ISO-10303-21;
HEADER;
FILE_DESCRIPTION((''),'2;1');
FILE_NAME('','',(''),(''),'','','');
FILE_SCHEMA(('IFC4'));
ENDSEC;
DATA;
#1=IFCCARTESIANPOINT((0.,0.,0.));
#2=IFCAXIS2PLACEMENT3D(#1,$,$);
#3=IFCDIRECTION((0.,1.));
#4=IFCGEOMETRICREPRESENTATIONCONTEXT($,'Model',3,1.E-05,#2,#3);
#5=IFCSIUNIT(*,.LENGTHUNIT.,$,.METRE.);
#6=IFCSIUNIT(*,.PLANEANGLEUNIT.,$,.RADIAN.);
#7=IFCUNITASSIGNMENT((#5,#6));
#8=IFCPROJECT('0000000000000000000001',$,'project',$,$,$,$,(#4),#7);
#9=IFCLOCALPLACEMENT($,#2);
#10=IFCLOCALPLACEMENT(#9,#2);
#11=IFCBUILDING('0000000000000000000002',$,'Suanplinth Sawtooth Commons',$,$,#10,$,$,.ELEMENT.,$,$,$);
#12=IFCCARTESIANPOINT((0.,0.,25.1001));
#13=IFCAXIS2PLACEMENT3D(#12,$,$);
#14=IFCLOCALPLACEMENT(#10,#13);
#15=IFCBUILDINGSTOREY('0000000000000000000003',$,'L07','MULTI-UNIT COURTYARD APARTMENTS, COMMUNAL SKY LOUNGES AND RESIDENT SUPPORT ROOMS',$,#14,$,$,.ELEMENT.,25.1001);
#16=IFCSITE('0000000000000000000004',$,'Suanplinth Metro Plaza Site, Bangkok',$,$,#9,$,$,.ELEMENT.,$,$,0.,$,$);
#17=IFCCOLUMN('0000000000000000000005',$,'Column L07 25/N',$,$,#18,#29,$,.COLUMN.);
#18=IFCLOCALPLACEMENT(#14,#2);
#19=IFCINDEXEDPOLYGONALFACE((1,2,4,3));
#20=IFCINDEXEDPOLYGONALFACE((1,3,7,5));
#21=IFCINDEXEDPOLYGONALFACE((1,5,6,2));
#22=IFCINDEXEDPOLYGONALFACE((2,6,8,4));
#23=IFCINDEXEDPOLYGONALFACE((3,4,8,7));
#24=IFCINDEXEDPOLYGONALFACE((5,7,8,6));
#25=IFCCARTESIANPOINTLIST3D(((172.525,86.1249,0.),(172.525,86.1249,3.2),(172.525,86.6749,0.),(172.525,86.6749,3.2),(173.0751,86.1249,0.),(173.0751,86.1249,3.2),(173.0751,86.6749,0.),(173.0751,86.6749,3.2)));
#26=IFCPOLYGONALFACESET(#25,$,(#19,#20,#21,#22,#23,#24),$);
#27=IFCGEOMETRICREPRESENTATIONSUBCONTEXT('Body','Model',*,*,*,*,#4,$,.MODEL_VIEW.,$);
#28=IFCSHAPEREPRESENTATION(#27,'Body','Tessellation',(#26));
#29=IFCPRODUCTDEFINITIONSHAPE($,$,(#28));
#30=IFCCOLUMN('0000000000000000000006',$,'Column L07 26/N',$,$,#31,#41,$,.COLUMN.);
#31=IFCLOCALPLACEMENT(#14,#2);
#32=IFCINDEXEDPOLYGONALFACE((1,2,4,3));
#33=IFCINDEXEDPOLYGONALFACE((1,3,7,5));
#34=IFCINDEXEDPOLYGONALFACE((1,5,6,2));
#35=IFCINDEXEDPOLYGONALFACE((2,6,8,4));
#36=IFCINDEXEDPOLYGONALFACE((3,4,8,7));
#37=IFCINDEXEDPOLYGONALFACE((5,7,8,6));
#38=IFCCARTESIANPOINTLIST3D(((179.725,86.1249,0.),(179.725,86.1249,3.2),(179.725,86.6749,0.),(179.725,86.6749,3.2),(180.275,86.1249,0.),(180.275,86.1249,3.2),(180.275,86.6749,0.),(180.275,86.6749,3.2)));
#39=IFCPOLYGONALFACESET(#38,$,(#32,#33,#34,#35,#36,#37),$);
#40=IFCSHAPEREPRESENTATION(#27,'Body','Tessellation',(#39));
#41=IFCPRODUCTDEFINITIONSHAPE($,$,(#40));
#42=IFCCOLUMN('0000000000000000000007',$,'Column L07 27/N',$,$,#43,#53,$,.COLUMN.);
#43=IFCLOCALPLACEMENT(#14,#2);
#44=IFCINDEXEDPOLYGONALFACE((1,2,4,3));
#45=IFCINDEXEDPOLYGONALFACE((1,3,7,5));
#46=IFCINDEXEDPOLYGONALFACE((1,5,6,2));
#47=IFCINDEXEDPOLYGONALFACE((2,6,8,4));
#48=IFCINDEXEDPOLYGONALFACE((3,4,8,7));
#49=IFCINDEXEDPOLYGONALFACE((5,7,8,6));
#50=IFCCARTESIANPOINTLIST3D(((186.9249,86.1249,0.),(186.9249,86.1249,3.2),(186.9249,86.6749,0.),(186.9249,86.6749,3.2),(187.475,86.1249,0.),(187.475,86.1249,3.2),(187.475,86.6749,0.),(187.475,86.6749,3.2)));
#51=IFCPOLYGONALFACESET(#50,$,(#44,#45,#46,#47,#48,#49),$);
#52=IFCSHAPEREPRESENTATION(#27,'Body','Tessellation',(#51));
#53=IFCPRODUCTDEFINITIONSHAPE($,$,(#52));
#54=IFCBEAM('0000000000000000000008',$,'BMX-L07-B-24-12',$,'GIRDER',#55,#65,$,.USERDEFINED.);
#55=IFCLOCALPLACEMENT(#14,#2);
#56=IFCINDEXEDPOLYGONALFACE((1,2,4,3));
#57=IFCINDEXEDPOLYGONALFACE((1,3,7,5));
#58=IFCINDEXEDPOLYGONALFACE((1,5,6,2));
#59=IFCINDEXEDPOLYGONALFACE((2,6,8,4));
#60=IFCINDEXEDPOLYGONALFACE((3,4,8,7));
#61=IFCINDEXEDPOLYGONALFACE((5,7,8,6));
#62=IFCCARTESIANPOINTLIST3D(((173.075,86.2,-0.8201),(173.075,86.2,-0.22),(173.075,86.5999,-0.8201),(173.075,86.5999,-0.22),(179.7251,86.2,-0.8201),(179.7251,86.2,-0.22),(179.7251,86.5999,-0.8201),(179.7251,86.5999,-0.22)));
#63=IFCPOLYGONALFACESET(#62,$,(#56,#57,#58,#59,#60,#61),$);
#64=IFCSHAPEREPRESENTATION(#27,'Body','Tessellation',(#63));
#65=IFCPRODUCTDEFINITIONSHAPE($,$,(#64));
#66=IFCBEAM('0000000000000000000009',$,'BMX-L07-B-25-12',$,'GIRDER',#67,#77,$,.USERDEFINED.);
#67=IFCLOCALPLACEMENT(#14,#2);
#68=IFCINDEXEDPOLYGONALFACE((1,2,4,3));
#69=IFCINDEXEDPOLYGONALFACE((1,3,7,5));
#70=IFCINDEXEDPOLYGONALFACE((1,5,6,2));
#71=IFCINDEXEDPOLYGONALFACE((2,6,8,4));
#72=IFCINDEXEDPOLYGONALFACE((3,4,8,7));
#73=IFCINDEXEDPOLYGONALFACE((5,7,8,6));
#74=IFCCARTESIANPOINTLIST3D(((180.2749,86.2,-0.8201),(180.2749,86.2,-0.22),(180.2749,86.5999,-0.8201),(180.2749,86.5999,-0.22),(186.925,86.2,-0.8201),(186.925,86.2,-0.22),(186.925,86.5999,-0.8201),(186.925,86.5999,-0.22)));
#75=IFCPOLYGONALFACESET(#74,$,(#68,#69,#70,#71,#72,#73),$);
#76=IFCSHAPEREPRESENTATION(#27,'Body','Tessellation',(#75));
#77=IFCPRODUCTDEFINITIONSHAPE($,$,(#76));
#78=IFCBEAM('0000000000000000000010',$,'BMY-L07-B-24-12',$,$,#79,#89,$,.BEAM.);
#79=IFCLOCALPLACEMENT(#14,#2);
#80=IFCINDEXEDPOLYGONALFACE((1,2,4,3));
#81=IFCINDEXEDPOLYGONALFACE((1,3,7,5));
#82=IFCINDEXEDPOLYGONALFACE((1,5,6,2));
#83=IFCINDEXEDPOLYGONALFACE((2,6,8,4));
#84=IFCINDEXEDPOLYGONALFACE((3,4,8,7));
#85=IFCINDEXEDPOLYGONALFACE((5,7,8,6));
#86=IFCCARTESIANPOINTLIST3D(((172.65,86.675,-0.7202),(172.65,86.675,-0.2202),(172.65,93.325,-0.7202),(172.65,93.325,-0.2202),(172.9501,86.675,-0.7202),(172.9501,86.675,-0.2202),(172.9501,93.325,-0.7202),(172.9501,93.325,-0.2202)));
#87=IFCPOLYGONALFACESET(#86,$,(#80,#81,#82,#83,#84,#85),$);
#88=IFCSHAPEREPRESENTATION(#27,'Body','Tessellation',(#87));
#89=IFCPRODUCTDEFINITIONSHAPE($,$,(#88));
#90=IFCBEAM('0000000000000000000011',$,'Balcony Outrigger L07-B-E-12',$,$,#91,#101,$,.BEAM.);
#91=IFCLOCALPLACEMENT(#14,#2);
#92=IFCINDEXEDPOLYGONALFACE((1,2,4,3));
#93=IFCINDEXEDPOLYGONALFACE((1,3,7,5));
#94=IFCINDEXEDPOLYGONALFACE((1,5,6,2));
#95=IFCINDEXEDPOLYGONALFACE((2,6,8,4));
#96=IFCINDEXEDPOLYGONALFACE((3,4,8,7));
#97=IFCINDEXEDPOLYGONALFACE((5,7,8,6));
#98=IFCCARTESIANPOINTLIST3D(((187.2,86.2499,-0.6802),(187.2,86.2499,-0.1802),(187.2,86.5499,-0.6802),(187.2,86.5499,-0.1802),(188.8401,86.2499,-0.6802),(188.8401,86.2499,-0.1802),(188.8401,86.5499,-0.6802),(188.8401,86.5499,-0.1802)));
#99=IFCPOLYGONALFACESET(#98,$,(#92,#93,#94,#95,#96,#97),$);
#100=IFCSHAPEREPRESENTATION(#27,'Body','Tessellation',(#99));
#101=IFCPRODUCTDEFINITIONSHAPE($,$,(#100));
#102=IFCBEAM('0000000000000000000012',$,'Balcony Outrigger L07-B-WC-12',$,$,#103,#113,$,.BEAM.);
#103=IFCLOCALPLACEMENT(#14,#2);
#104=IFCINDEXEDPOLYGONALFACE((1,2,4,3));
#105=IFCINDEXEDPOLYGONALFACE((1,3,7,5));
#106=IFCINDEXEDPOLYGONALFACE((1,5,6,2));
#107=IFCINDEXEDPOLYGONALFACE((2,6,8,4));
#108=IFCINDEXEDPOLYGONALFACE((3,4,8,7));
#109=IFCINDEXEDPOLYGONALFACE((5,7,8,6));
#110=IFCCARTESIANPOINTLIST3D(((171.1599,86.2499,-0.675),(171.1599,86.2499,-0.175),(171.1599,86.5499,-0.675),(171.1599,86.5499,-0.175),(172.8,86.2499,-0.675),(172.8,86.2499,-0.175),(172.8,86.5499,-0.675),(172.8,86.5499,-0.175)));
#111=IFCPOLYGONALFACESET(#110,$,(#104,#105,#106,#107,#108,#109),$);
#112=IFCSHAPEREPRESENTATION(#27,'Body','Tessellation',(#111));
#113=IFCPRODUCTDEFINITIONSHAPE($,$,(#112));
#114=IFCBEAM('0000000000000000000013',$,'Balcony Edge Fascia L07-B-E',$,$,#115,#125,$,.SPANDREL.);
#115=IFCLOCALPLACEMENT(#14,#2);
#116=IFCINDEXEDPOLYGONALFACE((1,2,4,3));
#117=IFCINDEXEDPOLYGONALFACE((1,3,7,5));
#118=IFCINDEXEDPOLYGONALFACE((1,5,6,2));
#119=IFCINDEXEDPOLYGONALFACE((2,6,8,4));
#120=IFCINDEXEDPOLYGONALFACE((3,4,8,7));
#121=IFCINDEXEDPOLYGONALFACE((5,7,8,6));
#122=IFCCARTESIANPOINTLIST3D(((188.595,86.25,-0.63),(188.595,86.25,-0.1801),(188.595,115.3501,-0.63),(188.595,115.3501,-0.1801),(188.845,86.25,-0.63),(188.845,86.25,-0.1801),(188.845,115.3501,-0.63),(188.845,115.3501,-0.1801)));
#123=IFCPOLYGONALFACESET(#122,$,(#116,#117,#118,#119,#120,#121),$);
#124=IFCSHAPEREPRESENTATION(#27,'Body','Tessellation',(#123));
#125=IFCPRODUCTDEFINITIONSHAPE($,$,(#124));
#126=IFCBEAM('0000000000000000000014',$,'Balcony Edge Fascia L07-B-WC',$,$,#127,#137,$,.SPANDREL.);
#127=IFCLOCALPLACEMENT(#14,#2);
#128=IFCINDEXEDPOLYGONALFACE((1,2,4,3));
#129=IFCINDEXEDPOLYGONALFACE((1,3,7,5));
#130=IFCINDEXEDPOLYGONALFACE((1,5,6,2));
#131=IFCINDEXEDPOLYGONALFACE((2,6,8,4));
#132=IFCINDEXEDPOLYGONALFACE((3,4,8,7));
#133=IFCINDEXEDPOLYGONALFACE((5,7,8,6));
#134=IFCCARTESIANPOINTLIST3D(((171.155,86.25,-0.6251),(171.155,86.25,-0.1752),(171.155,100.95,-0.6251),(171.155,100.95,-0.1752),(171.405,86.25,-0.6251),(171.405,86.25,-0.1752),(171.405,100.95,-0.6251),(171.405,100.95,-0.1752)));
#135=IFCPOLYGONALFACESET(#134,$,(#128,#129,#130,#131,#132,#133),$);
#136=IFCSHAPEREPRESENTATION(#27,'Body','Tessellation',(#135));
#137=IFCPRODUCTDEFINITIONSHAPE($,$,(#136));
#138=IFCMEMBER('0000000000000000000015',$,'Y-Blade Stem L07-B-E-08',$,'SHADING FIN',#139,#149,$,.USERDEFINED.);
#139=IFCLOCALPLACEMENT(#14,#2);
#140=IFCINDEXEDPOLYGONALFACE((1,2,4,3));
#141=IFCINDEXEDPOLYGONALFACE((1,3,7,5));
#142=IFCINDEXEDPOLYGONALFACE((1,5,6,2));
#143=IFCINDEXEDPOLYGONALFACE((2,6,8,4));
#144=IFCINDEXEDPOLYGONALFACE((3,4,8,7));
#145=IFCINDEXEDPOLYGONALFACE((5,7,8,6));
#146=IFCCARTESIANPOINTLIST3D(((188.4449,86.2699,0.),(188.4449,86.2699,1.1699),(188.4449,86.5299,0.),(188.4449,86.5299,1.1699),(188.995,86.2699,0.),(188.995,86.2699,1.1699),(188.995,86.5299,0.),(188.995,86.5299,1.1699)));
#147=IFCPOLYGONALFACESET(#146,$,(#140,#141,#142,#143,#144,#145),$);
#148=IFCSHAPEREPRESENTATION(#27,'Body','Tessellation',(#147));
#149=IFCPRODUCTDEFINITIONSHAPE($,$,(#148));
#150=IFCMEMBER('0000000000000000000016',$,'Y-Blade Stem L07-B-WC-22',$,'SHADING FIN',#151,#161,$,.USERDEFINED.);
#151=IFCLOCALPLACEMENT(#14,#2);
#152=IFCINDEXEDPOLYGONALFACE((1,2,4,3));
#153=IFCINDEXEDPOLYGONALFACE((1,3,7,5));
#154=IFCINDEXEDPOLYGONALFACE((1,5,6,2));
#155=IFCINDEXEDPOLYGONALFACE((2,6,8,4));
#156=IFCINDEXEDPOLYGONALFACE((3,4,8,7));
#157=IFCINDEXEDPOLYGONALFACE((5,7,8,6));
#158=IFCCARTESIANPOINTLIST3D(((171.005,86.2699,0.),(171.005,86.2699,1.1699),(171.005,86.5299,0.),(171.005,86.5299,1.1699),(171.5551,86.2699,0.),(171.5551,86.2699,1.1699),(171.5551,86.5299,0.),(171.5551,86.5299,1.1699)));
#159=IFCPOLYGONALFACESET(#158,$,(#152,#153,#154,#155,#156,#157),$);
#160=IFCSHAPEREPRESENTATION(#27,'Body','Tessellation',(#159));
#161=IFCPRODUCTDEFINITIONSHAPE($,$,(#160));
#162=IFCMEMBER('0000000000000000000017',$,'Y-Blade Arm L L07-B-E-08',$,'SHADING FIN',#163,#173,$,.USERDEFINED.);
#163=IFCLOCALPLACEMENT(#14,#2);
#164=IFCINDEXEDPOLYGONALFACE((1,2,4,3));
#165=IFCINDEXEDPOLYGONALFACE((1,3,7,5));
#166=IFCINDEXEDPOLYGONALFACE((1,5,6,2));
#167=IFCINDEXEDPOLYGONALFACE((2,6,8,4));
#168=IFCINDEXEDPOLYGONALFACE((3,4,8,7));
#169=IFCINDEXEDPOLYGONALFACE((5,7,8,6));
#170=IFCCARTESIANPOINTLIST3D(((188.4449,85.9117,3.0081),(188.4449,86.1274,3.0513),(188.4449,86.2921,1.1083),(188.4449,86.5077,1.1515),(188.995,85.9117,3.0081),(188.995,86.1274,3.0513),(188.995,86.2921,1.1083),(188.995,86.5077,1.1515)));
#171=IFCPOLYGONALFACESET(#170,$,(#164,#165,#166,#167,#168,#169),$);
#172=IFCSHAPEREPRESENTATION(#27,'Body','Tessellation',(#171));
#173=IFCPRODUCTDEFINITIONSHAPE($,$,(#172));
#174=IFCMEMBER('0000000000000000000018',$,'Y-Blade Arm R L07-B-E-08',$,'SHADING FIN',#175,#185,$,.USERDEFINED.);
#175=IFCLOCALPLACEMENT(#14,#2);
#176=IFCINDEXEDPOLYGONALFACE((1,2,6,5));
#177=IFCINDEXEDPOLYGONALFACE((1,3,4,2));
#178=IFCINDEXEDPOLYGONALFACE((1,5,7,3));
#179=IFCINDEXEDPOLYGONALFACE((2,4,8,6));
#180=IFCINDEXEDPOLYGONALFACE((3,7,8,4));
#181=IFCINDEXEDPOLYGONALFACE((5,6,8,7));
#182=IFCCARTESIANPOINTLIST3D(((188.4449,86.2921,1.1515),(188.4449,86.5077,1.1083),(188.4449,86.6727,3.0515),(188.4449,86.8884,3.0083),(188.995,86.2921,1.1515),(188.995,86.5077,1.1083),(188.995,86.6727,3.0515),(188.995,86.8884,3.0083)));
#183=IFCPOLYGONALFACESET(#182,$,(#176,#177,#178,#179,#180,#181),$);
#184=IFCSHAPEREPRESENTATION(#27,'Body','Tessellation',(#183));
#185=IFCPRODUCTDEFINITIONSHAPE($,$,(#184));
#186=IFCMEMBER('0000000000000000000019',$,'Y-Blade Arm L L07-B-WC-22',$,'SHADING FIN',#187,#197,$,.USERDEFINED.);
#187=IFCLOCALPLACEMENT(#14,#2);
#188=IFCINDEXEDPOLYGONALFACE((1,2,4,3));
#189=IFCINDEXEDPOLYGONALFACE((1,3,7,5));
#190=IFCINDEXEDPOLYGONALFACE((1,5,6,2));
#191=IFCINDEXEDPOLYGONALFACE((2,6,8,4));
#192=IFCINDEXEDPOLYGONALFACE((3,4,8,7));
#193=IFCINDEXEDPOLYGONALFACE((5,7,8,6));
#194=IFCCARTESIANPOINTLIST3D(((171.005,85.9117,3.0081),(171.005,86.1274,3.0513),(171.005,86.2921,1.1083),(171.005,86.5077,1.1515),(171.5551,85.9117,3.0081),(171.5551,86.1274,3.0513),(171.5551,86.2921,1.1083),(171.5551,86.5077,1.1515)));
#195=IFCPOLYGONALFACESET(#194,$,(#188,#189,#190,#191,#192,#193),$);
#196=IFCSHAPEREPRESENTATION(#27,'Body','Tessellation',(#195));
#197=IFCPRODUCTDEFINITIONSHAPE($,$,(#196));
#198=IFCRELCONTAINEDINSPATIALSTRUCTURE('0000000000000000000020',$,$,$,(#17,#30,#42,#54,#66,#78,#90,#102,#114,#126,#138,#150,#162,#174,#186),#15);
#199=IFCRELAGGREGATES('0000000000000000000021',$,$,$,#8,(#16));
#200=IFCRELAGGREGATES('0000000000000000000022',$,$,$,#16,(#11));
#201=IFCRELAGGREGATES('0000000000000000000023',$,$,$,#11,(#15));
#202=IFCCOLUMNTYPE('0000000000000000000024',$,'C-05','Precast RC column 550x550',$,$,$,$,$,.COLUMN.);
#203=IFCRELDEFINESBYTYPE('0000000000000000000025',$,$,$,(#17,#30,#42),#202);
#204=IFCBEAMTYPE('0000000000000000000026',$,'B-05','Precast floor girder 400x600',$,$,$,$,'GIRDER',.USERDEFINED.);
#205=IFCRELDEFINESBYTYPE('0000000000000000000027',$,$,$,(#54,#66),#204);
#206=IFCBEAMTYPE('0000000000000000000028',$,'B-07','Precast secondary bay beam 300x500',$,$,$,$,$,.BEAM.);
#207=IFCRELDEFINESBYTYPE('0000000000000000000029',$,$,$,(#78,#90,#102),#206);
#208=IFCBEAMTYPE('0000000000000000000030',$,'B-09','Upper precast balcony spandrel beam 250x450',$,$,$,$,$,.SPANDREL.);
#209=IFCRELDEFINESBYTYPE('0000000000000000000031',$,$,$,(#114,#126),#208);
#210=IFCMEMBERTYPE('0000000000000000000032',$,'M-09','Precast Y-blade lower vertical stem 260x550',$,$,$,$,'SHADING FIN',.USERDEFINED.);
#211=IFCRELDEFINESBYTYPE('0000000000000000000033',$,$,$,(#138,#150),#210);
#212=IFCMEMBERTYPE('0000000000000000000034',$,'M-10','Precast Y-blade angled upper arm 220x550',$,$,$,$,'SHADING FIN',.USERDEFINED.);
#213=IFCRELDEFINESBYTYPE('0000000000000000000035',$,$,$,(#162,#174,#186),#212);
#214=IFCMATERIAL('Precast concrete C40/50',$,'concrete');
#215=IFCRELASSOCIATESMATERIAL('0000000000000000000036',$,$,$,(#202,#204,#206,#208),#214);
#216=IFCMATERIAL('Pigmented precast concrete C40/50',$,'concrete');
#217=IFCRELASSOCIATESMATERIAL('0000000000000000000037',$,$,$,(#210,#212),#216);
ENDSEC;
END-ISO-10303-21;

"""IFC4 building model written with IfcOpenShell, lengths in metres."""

from ifc_helpers import new_model, si_unit, direction, frame, origin, origin_2d, place, context, subcontext, project, spatial, rectangle, extrude, material, material_profile, profile_set, type_object, element, save


model = new_model("IFC4")

# Units and contexts
model_context = context("Model", 3, precision=1e-05, world=origin(), true_north=direction((0.0, 1.0)))
body_context = subcontext(model_context, "Body", "Model", "MODEL_VIEW")
ifc_project = project(units=[si_unit("LENGTHUNIT", "METRE"), si_unit("PLANEANGLEUNIT", "RADIAN")], contexts=[model_context])

# Site, building, storey
site_placement = place(None, origin())
site = spatial("IfcSite", under=ifc_project, at=site_placement, Name="Suanplinth Metro Plaza Site, Bangkok", CompositionType="ELEMENT", RefElevation=0.0)
building_placement = place(site_placement, origin())
building = spatial("IfcBuilding", under=site, at=building_placement, Name="Suanplinth Sawtooth Commons", CompositionType="ELEMENT")
storey_placement = place(building_placement, frame((0.0, 0.0, 25.1001)))
storey = spatial("IfcBuildingStorey", under=building, at=storey_placement, Name="L07", Description="MULTI-UNIT COURTYARD APARTMENTS, COMMUNAL SKY LOUNGES AND RESIDENT SUPPORT ROOMS", CompositionType="ELEMENT", Elevation=25.1001)

# Columns
ifc_material_1 = material(Name="Precast concrete C40/50", Category="concrete")
ifc_material_profile_1 = material_profile(ifc_material_1, rectangle(XDim=0.55, YDim=0.55, at=origin_2d()), Name="PC-COL 550x550")
ifc_profile_set_1 = profile_set([ifc_material_profile_1], Name="Precast concrete C40/50")
column_type = type_object("IfcColumnType", Name="C-05", Description="Precast RC column 550x550", PredefinedType="COLUMN", material=ifc_profile_set_1)
for number, where, z_axis, x_axis, name in (
    (1, (172.8, 86.3999, 0.0), (0.0, 0.0, 1.0), (1.0, 0.0, 0.0), "Column L07 25/N"),
    (2, (180.0, 86.3999, 0.0), (0.0, 0.0, 1.0), (1.0, 0.0, 0.0), "Column L07 26/N"),
    (3, (187.2, 86.3999, 0.0), (0.0, 0.0, 1.0), (1.0, 0.0, 0.0), "Column L07 27/N"),
):
    element("IfcColumn", number, at=place(storey_placement, frame(where, z_axis=z_axis, x_axis=x_axis)), inside=storey, type_object=column_type, Name=name, PredefinedType="COLUMN", context=body_context, shape_type="SweptSolid", body=[
        extrude(rectangle(XDim=0.55, YDim=0.55, at=origin_2d()), origin(), (0.0, 0.0, 1.0), 3.2),
    ])

# Beams
ifc_material_profile_2 = material_profile(ifc_material_1, rectangle(XDim=0.3999, YDim=0.6001, at=origin_2d()), Name="PC-GDR 400x600")
ifc_profile_set_2 = profile_set([ifc_material_profile_2], Name="Precast concrete C40/50")
beam_type_1 = type_object("IfcBeamType", Name="B-05", Description="Precast floor girder 400x600", ElementType="GIRDER", PredefinedType="USERDEFINED", material=ifc_profile_set_2)
for number, where, z_axis, x_axis, name in (
    (4, (173.075, 86.3999, -0.52), (1.0, 0.0, 0.0), (0.0, 1.0, 0.0), "BMX-L07-B-24-12"),
    (5, (180.2749, 86.3999, -0.52), (1.0, 0.0, 0.0), (0.0, 1.0, 0.0), "BMX-L07-B-25-12"),
):
    element("IfcBeam", number, at=place(storey_placement, frame(where, z_axis=z_axis, x_axis=x_axis)), inside=storey, type_object=beam_type_1, Name=name, ObjectType="GIRDER", PredefinedType="USERDEFINED", context=body_context, shape_type="SweptSolid", body=[
        extrude(rectangle(XDim=0.3999, YDim=0.6001, at=origin_2d()), origin(), (0.0, 0.0, 1.0), 6.6501),
    ])
ifc_material_profile_3 = material_profile(ifc_material_1, rectangle(XDim=0.3, YDim=0.5, at=origin_2d()), Name="PC-BM 300x500")
ifc_profile_set_3 = profile_set([ifc_material_profile_3], Name="Precast concrete C40/50")
beam_type_2 = type_object("IfcBeamType", Name="B-07", Description="Precast secondary bay beam 300x500", PredefinedType="BEAM", material=ifc_profile_set_3)
beam_1_placement = place(storey_placement, frame((172.8, 86.675, -0.4702), z_axis=(0.0, 1.0, 0.0), x_axis=(-1.0, 0.0, 0.0)))
element("IfcBeam", 6, at=beam_1_placement, inside=storey, type_object=beam_type_2, Name="BMY-L07-B-24-12", PredefinedType="BEAM", context=body_context, shape_type="SweptSolid", body=[
    extrude(rectangle(XDim=0.3, YDim=0.5, at=origin_2d()), origin(), (0.0, 0.0, 1.0), 6.6499),
])
for number, where, z_axis, x_axis, name in (
    (7, (187.2, 86.3999, -0.4302), (1.0, 0.0, 0.0), (0.0, 1.0, 0.0), "Balcony Outrigger L07-B-E-12"),
    (8, (172.8, 86.3999, -0.425), (-1.0, 0.0, 0.0), (0.0, -1.0, 0.0), "Balcony Outrigger L07-B-WC-12"),
):
    element("IfcBeam", number, at=place(storey_placement, frame(where, z_axis=z_axis, x_axis=x_axis)), inside=storey, type_object=beam_type_2, Name=name, PredefinedType="BEAM", context=body_context, shape_type="SweptSolid", body=[
        extrude(rectangle(XDim=0.3, YDim=0.5, at=origin_2d()), origin(), (0.0, 0.0, 1.0), 1.6401),
    ])
ifc_material_profile_4 = material_profile(ifc_material_1, rectangle(XDim=0.25, YDim=0.45, at=origin_2d()), Name="PC-SP 250x450")
ifc_profile_set_4 = profile_set([ifc_material_profile_4], Name="Precast concrete C40/50")
beam_type_3 = type_object("IfcBeamType", Name="B-09", Description="Upper precast balcony spandrel beam 250x450", PredefinedType="SPANDREL", material=ifc_profile_set_4)
beam_2_placement = place(storey_placement, frame((188.72, 86.25, -0.405), z_axis=(0.0, 1.0, 0.0), x_axis=(-1.0, 0.0, 0.0)))
element("IfcBeam", 9, at=beam_2_placement, inside=storey, type_object=beam_type_3, Name="Balcony Edge Fascia L07-B-E", PredefinedType="SPANDREL", context=body_context, shape_type="SweptSolid", body=[
    extrude(rectangle(XDim=0.25, YDim=0.45, at=origin_2d()), origin(), (0.0, 0.0, 1.0), 29.1001),
])
beam_3_placement = place(storey_placement, frame((171.28, 86.25, -0.4001), z_axis=(0.0, 1.0, 0.0), x_axis=(-1.0, 0.0, 0.0)))
element("IfcBeam", 10, at=beam_3_placement, inside=storey, type_object=beam_type_3, Name="Balcony Edge Fascia L07-B-WC", PredefinedType="SPANDREL", context=body_context, shape_type="SweptSolid", body=[
    extrude(rectangle(XDim=0.25, YDim=0.45, at=origin_2d()), origin(), (0.0, 0.0, 1.0), 14.7),
])

# Members
ifc_material_2 = material(Name="Pigmented precast concrete C40/50", Category="concrete")
ifc_material_profile_5 = material_profile(ifc_material_2, rectangle(XDim=0.26, YDim=0.55, at=origin_2d()), Name="PC-FIN 260x550")
ifc_profile_set_5 = profile_set([ifc_material_profile_5], Name="Pigmented precast concrete C40/50")
member_type_1 = type_object("IfcMemberType", Name="M-09", Description="Precast Y-blade lower vertical stem 260x550", ElementType="SHADING FIN", PredefinedType="USERDEFINED", material=ifc_profile_set_5)
for number, where, z_axis, x_axis, name in (
    (11, (188.72, 86.3999, 0.0), (0.0, 0.0, 1.0), (0.0, 1.0, 0.0), "Y-Blade Stem L07-B-E-08"),
    (12, (171.28, 86.3999, 0.0), (0.0, 0.0, 1.0), (0.0, 1.0, 0.0), "Y-Blade Stem L07-B-WC-22"),
):
    element("IfcMember", number, at=place(storey_placement, frame(where, z_axis=z_axis, x_axis=x_axis)), inside=storey, type_object=member_type_1, Name=name, ObjectType="SHADING FIN", PredefinedType="USERDEFINED", context=body_context, shape_type="SweptSolid", body=[
        extrude(rectangle(XDim=0.26, YDim=0.55, at=origin_2d()), origin(), (0.0, 0.0, 1.0), 1.1699),
    ])
ifc_material_profile_6 = material_profile(ifc_material_2, rectangle(XDim=0.22, YDim=0.55, at=origin_2d()), Name="PC-FIN 220x550")
ifc_profile_set_6 = profile_set([ifc_material_profile_6], Name="Pigmented precast concrete C40/50")
member_type_2 = type_object("IfcMemberType", Name="M-10", Description="Precast Y-blade angled upper arm 220x550", ElementType="SHADING FIN", PredefinedType="USERDEFINED", material=ifc_profile_set_6)
member_1_placement = place(storey_placement, frame((188.72, 86.3999, 1.1299), z_axis=(0.0, -0.19631, 0.980542), x_axis=(0.0, 0.980542, 0.19631)))
element("IfcMember", 13, at=member_1_placement, inside=storey, type_object=member_type_2, Name="Y-Blade Arm L L07-B-E-08", ObjectType="SHADING FIN", PredefinedType="USERDEFINED", context=body_context, shape_type="SweptSolid", body=[
    extrude(rectangle(XDim=0.22, YDim=0.55, at=origin_2d()), origin(), (0.0, 0.0, 1.0), 1.9375),
])
member_2_placement = place(storey_placement, frame((188.72, 86.3999, 1.1299), z_axis=(0.0, 0.196431, 0.980518), x_axis=(0.0, -0.980518, 0.196431)))
element("IfcMember", 14, at=member_2_placement, inside=storey, type_object=member_type_2, Name="Y-Blade Arm R L07-B-E-08", ObjectType="SHADING FIN", PredefinedType="USERDEFINED", context=body_context, shape_type="SweptSolid", body=[
    extrude(rectangle(XDim=0.22, YDim=0.55, at=origin_2d()), origin(), (0.0, 0.0, 1.0), 1.9377),
])
member_3_placement = place(storey_placement, frame((171.28, 86.3999, 1.1299), z_axis=(0.0, -0.19631, 0.980542), x_axis=(0.0, 0.980542, 0.19631)))
element("IfcMember", 15, at=member_3_placement, inside=storey, type_object=member_type_2, Name="Y-Blade Arm L L07-B-WC-22", ObjectType="SHADING FIN", PredefinedType="USERDEFINED", context=body_context, shape_type="SweptSolid", body=[
    extrude(rectangle(XDim=0.22, YDim=0.55, at=origin_2d()), origin(), (0.0, 0.0, 1.0), 1.9375),
])

save(model, "model.ifc")
